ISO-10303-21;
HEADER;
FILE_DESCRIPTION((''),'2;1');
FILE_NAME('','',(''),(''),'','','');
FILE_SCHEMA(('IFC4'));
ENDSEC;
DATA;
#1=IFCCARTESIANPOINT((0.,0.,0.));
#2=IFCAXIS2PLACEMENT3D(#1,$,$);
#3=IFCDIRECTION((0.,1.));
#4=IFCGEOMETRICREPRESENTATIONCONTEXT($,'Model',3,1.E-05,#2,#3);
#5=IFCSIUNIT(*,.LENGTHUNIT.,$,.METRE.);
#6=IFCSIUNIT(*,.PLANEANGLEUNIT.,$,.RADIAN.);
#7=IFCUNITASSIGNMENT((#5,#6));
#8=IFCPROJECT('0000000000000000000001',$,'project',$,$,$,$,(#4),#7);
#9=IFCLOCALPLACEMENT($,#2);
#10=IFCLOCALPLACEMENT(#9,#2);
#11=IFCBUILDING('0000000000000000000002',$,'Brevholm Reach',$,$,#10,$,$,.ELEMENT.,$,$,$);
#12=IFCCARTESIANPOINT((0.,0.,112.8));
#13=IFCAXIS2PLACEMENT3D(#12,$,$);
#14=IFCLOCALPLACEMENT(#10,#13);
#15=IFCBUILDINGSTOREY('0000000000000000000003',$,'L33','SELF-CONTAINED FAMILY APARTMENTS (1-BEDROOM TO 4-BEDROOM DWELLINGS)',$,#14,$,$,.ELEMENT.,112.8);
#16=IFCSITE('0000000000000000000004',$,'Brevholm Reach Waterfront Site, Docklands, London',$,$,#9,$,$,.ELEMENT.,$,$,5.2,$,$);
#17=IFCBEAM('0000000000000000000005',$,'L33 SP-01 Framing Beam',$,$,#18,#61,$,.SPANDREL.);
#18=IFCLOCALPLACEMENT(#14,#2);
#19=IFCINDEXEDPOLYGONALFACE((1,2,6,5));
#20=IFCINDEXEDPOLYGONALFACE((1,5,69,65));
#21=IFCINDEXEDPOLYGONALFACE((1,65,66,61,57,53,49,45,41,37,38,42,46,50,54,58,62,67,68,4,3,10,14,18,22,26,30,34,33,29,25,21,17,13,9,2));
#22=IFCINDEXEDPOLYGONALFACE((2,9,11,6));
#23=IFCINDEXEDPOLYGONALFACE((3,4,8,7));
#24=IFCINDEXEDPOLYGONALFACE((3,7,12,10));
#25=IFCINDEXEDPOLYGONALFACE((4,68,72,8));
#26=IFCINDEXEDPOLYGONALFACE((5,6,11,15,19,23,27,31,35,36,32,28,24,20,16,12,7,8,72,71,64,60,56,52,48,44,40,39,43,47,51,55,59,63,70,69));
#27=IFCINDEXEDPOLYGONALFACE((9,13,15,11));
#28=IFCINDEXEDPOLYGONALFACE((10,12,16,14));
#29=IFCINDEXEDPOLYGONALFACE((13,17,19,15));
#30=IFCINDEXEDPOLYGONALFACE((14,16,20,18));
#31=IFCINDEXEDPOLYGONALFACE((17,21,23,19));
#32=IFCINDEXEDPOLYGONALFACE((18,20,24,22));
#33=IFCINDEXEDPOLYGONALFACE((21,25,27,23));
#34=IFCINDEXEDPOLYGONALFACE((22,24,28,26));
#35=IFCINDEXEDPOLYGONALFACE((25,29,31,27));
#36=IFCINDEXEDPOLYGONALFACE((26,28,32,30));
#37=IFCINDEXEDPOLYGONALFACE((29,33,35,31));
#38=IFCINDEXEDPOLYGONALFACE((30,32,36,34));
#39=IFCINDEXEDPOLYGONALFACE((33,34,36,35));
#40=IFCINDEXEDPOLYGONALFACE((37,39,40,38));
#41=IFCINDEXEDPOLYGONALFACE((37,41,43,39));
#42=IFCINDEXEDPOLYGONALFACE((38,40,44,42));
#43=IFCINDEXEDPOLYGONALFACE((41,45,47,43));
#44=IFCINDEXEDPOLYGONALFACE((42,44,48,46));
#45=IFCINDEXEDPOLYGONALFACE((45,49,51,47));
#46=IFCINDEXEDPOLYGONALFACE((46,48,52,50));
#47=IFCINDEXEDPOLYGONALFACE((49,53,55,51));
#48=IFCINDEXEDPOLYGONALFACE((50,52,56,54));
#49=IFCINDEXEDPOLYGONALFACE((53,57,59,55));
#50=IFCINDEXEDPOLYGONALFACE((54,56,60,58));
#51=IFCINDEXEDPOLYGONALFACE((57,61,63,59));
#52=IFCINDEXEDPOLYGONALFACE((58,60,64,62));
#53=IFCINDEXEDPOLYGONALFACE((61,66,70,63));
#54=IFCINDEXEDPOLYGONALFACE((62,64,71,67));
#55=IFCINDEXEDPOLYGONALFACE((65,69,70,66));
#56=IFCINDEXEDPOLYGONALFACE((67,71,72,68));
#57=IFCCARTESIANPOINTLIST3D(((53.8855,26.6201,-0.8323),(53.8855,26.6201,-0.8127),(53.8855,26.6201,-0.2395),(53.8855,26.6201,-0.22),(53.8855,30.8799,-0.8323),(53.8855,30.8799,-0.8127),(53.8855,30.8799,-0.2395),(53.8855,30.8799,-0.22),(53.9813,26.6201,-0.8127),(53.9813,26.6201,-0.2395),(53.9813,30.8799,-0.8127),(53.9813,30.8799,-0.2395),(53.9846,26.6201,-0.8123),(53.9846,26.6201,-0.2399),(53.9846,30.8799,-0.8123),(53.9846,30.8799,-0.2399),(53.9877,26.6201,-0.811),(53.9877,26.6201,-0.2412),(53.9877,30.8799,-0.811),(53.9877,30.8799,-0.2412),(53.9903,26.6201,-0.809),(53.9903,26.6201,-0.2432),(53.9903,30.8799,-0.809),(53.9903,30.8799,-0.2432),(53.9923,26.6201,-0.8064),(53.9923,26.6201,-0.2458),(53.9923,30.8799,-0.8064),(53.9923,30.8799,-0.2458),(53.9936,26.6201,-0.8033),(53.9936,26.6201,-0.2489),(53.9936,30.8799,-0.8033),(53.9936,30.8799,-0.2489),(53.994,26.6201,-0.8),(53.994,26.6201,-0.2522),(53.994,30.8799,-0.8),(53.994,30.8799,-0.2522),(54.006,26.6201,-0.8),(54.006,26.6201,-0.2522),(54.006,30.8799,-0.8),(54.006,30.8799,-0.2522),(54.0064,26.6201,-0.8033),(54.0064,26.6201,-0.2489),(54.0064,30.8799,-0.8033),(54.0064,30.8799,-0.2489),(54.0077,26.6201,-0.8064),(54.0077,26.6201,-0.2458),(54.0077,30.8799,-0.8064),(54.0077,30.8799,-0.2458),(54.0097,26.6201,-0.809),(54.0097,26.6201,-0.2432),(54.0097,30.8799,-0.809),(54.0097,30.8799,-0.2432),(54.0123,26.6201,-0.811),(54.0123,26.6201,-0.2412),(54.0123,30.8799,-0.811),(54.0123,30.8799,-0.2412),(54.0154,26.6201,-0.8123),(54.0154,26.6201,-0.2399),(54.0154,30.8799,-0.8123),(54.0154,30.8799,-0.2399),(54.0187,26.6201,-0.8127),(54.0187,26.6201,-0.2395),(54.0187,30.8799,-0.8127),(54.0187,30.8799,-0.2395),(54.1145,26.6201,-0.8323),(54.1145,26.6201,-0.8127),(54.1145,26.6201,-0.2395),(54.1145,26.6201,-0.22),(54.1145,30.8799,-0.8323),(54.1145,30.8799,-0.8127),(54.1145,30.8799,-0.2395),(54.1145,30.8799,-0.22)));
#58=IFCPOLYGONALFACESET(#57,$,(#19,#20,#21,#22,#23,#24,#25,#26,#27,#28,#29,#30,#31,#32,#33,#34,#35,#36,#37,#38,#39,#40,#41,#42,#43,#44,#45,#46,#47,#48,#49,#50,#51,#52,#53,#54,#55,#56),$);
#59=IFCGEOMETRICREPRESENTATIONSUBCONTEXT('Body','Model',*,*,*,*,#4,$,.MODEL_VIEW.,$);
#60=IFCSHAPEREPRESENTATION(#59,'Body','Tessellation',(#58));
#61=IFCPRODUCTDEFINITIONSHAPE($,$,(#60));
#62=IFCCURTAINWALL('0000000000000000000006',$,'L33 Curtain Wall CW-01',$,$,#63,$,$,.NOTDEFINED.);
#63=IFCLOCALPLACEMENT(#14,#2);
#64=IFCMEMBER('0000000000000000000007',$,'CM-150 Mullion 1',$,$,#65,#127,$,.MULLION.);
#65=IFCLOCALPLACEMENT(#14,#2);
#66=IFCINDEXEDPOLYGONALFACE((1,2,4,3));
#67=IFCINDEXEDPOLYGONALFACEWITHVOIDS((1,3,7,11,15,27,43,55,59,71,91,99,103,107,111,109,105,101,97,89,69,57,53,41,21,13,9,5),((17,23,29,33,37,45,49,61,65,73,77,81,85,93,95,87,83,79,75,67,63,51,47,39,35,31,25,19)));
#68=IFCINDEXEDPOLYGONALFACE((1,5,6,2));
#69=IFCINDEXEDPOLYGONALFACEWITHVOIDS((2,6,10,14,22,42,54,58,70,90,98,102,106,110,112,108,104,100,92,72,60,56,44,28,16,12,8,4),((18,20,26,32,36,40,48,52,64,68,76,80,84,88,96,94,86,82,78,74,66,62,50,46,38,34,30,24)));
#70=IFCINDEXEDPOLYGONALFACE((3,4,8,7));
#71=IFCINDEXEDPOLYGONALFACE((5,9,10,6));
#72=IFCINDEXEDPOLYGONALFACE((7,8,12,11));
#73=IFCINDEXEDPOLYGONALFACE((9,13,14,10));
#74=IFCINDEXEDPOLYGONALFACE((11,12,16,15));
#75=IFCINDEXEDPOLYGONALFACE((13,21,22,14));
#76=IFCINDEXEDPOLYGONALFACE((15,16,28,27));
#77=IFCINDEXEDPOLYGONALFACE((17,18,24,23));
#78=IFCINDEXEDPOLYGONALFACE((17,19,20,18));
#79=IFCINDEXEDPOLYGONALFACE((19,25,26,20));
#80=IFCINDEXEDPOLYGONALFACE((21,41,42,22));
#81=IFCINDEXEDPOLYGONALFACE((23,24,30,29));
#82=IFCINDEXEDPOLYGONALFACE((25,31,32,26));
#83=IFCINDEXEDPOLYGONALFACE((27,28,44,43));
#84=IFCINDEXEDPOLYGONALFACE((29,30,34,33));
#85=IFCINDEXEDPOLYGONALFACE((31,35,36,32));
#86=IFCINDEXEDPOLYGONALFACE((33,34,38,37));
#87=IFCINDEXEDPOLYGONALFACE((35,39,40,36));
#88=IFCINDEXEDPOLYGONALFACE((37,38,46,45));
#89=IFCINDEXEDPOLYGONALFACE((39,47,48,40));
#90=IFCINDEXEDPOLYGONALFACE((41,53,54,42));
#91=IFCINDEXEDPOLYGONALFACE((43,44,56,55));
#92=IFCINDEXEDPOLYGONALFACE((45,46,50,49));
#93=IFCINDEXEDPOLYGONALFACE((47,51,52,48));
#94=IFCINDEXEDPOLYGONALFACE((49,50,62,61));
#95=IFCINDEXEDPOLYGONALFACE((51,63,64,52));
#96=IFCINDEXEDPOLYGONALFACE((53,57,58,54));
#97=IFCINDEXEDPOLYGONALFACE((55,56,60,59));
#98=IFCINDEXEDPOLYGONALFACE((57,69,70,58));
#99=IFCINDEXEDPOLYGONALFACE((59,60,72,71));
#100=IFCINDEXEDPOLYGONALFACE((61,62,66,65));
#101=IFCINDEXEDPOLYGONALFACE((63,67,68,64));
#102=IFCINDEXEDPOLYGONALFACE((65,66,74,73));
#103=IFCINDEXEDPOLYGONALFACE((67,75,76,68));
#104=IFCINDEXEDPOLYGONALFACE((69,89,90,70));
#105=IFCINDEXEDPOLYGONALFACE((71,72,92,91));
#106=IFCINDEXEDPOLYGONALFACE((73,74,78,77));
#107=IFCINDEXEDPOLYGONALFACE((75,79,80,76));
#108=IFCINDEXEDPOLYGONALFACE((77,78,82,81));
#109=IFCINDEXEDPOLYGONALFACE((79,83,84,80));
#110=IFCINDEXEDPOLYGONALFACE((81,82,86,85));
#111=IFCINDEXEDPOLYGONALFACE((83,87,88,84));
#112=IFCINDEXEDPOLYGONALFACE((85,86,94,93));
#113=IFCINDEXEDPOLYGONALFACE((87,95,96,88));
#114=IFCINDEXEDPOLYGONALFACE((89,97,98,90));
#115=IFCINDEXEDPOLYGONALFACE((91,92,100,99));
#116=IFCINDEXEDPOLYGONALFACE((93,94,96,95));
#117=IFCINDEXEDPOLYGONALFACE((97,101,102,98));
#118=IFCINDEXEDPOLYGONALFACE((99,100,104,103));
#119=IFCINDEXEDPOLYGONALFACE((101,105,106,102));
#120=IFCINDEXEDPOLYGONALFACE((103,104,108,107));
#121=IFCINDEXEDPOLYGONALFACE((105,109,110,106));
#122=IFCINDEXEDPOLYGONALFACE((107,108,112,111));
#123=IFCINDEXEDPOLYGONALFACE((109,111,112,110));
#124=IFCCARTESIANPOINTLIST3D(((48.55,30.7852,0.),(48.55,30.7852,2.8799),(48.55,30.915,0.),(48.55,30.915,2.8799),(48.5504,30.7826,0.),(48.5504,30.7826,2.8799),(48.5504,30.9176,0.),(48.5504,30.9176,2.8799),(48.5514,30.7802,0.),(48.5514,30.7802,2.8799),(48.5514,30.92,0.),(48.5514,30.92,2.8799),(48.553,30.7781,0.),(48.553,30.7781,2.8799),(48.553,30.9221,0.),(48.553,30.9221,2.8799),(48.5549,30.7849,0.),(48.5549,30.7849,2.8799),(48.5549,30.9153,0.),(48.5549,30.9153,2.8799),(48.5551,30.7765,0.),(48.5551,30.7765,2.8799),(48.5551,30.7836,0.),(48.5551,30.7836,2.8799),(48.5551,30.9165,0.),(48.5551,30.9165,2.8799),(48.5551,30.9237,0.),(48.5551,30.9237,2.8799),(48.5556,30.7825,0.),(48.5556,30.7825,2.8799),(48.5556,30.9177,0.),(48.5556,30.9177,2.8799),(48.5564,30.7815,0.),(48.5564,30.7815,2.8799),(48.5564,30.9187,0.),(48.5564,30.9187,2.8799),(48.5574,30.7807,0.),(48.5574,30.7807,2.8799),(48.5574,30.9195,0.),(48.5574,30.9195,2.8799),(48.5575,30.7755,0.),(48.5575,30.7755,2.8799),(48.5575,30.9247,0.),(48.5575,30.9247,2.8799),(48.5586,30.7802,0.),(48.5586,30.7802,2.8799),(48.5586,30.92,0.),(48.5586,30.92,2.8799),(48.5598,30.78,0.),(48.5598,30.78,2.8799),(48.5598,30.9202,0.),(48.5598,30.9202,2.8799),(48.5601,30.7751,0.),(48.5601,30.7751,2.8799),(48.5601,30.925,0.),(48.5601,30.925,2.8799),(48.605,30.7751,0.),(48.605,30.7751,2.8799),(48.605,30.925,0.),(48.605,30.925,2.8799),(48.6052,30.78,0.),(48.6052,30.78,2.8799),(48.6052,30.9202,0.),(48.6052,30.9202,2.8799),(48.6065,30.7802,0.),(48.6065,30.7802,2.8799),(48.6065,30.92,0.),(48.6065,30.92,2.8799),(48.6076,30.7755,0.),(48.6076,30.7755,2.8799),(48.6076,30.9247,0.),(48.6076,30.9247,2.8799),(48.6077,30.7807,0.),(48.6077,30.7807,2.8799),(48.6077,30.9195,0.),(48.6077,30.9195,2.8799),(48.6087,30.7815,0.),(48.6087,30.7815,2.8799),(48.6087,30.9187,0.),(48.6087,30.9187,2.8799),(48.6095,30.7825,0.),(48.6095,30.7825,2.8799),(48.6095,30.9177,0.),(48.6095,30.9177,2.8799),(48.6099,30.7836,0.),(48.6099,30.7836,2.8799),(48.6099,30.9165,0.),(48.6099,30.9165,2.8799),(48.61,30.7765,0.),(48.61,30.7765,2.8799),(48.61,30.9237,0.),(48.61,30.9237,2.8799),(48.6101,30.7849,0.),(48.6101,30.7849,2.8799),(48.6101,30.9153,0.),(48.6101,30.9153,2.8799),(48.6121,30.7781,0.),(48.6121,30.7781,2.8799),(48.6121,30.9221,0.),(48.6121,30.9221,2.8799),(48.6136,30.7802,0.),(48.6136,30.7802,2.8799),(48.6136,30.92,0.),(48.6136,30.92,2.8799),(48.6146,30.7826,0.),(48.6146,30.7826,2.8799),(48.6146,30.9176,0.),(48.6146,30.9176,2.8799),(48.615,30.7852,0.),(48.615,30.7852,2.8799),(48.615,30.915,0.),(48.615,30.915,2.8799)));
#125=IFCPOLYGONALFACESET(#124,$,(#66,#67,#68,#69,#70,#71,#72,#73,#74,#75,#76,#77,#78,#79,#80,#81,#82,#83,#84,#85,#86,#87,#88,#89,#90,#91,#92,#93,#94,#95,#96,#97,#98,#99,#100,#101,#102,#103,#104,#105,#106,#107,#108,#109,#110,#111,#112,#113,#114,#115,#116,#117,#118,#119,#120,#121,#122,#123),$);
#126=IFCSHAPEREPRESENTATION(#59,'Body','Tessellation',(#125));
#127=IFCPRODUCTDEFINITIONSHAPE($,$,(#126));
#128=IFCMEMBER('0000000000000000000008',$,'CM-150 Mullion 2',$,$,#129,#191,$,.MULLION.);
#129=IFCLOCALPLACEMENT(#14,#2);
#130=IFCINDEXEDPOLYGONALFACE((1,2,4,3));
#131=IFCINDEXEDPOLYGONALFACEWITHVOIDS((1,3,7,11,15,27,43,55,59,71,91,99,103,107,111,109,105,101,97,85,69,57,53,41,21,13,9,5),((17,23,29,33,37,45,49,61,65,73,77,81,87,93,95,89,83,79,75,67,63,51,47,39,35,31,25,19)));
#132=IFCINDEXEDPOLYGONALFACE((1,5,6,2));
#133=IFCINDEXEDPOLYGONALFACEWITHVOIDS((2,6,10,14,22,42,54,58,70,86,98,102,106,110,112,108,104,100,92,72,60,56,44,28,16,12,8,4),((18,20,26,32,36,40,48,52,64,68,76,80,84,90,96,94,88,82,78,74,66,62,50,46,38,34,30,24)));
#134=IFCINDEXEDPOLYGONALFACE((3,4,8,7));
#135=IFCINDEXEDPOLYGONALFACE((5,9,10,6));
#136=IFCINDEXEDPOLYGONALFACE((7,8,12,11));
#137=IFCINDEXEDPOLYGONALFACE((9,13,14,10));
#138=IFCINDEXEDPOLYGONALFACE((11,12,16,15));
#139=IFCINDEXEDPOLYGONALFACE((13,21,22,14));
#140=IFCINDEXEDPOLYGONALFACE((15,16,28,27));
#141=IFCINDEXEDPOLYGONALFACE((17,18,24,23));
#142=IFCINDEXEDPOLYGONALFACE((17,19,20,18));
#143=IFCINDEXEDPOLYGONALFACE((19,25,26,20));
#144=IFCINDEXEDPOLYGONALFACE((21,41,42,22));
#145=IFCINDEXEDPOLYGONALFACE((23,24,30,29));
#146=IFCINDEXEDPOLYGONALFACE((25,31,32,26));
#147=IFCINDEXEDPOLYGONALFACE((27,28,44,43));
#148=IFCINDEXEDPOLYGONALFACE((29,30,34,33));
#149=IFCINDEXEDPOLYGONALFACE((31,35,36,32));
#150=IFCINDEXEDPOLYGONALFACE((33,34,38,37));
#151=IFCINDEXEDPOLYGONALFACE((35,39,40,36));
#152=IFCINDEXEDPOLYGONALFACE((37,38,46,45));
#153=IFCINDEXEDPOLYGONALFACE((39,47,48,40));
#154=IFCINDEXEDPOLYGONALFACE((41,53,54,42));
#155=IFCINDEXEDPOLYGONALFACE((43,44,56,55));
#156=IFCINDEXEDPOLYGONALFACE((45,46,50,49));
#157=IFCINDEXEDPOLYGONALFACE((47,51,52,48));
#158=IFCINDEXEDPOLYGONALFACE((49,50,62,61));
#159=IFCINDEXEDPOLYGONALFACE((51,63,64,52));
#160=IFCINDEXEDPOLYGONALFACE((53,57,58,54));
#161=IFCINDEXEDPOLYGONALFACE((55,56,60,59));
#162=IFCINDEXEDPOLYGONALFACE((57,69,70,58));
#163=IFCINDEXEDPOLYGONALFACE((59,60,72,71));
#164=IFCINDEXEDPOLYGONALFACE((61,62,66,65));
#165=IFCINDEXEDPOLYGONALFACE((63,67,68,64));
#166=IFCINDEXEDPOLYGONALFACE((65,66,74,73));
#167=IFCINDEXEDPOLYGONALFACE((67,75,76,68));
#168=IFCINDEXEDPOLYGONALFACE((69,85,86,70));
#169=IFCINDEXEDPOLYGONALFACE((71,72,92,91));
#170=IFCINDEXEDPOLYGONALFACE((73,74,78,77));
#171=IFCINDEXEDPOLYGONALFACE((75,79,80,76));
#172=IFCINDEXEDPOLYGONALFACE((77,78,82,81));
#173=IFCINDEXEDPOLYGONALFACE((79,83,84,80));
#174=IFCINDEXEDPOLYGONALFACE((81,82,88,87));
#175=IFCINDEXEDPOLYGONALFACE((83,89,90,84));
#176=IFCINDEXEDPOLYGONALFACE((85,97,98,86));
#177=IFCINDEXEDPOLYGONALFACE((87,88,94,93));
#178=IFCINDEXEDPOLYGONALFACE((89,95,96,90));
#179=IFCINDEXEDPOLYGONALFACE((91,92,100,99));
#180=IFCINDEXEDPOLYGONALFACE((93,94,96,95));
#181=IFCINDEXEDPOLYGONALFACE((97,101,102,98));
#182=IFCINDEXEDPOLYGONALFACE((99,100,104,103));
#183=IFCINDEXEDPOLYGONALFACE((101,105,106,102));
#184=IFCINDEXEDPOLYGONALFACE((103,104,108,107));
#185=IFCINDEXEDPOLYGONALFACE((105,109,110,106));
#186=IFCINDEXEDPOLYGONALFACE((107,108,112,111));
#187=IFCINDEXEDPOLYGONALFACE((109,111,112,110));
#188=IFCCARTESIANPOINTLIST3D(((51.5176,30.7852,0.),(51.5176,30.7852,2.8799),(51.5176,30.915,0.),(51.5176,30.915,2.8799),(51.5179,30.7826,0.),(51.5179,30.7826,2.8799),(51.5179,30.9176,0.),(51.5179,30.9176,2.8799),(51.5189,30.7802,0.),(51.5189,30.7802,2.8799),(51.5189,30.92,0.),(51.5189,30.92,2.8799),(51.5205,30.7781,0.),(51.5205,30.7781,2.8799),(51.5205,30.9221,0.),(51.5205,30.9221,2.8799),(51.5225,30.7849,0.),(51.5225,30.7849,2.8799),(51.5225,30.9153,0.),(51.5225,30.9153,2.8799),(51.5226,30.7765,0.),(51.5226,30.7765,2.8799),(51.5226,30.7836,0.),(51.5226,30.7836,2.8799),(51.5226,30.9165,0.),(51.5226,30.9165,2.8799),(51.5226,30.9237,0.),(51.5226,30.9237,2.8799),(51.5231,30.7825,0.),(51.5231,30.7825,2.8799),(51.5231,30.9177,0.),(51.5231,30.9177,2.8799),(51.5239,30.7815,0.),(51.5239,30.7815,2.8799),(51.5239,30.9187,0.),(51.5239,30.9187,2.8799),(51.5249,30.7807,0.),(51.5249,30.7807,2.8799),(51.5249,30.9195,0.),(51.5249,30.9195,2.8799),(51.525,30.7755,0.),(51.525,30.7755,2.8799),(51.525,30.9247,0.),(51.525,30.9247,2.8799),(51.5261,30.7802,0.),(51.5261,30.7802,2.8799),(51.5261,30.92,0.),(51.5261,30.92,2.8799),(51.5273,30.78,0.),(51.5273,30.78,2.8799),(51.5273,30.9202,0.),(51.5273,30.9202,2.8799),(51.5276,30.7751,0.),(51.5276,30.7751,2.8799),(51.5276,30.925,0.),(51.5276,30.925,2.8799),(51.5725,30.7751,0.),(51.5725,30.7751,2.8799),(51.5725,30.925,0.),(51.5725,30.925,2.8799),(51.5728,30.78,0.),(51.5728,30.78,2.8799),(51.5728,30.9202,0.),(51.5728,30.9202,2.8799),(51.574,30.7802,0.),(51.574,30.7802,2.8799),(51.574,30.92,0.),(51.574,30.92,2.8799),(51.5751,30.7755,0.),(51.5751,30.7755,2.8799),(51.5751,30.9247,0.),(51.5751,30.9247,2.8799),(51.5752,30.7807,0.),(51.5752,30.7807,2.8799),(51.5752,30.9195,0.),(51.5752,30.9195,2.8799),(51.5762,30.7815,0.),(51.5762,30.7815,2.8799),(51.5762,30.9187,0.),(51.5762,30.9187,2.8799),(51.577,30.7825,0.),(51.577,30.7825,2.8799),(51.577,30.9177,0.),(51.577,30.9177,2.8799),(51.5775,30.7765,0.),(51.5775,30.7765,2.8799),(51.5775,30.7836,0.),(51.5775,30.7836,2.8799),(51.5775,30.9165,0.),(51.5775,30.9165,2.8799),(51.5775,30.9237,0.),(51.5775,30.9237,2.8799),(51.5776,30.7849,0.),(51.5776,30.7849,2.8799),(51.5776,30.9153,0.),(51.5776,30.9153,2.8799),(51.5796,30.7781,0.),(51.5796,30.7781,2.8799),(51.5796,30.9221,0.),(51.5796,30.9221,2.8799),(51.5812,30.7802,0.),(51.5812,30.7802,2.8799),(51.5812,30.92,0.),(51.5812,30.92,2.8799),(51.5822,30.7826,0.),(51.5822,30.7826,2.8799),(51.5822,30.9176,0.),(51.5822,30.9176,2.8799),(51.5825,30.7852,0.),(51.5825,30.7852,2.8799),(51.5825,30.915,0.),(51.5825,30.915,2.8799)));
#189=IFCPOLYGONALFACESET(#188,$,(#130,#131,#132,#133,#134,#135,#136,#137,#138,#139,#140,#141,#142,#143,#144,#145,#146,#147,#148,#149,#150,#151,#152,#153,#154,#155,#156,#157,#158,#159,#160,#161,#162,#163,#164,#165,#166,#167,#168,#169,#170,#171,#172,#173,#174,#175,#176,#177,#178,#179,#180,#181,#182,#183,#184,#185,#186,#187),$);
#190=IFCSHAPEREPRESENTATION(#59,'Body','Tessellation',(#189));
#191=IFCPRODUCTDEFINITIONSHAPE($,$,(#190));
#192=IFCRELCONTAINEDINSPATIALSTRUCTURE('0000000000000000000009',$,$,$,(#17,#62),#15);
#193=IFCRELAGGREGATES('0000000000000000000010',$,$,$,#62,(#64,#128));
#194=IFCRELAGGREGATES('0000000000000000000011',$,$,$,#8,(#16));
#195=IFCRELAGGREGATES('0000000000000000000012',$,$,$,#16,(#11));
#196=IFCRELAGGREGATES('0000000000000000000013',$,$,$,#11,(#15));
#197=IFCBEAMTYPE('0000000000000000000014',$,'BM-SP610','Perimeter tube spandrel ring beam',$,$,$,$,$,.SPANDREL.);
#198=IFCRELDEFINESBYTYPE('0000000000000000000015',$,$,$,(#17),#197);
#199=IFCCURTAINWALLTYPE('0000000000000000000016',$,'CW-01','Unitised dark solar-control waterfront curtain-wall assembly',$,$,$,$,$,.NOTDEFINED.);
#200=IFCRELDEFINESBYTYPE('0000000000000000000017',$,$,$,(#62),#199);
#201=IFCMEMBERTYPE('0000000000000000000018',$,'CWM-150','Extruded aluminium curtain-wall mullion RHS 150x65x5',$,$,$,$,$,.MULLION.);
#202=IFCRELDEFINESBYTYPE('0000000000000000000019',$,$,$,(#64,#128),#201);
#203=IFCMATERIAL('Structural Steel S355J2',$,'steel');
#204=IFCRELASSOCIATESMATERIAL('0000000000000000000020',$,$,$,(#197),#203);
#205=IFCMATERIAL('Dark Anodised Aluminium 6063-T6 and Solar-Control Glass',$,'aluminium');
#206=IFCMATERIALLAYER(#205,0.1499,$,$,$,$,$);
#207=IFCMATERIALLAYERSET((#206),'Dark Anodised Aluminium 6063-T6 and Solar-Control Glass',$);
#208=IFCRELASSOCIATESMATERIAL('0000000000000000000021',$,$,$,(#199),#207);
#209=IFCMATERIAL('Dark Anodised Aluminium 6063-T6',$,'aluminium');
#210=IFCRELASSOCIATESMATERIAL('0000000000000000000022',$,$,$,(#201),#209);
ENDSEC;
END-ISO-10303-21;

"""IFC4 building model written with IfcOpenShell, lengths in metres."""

from ifc_helpers import new_model, si_unit, direction, frame, origin, origin_2d, place, context, subcontext, project, spatial, hollow_rectangle, i_section, extrude, material, layer, layer_set, material_profile, profile_set, type_object, element, aggregate, save


model = new_model("IFC4")

# Units and contexts
model_context = context("Model", 3, precision=1e-05, world=origin(), true_north=direction((0.0, 1.0)))
body_context = subcontext(model_context, "Body", "Model", "MODEL_VIEW")
ifc_project = project(units=[si_unit("LENGTHUNIT", "METRE"), si_unit("PLANEANGLEUNIT", "RADIAN")], contexts=[model_context])

# Site, building, storey
site_placement = place(None, origin())
site = spatial("IfcSite", under=ifc_project, at=site_placement, Name="Brevholm Reach Waterfront Site, Docklands, London", CompositionType="ELEMENT", RefElevation=5.2)
building_placement = place(site_placement, origin())
building = spatial("IfcBuilding", under=site, at=building_placement, Name="Brevholm Reach", CompositionType="ELEMENT")
storey_placement = place(building_placement, frame((0.0, 0.0, 112.8)))
storey = spatial("IfcBuildingStorey", under=building, at=storey_placement, Name="L33", Description="SELF-CONTAINED FAMILY APARTMENTS (1-BEDROOM TO 4-BEDROOM DWELLINGS)", CompositionType="ELEMENT", Elevation=112.8)

# Beam
ifc_material_1 = material(Name="Structural Steel S355J2", Category="steel")
ifc_material_profile_1 = material_profile(ifc_material_1, i_section(OverallWidth=0.229, OverallDepth=0.6123, WebThickness=0.012, FlangeThickness=0.0195, FilletRadius=0.0127, at=origin_2d()), Name="UKB 610x229x125")
ifc_profile_set_1 = profile_set([ifc_material_profile_1], Name="Structural Steel S355J2")
beam_type_1 = type_object("IfcBeamType", Name="BM-SP610", Description="Perimeter tube spandrel ring beam", PredefinedType="SPANDREL", material=ifc_profile_set_1)
beam_1_placement = place(storey_placement, frame((54.0, 26.6201, -0.5261), z_axis=(0.0, 1.0, 0.0), x_axis=(-1.0, 0.0, 0.0)))
element("IfcBeam", 1, at=beam_1_placement, inside=storey, type_object=beam_type_1, Name="L33 SP-01 Framing Beam", PredefinedType="SPANDREL", context=body_context, shape_type="SweptSolid", body=[
    extrude(i_section(OverallWidth=0.229, OverallDepth=0.6123, WebThickness=0.012, FlangeThickness=0.0195, FilletRadius=0.0127, at=origin_2d()), origin(), (0.0, 0.0, 1.0), 4.2598),
])

# Curtain wall, members
ifc_material_2 = material(Name="Dark Anodised Aluminium 6063-T6 and Solar-Control Glass", Category="aluminium")
ifc_layer_1 = layer(ifc_material_2, 0.1499)
ifc_layer_set_1 = layer_set([ifc_layer_1], Name="Dark Anodised Aluminium 6063-T6 and Solar-Control Glass")
curtain_wall_type = type_object("IfcCurtainWallType", Name="CW-01", Description="Unitised dark solar-control waterfront curtain-wall assembly", PredefinedType="NOTDEFINED", material=ifc_layer_set_1)
curtain_wall_placement = place(storey_placement, origin())
curtain_wall = element("IfcCurtainWall", 2, at=curtain_wall_placement, inside=storey, type_object=curtain_wall_type, Name="L33 Curtain Wall CW-01", PredefinedType="NOTDEFINED")
ifc_material_3 = material(Name="Dark Anodised Aluminium 6063-T6", Category="aluminium")
ifc_material_profile_2 = material_profile(ifc_material_3, hollow_rectangle(XDim=0.0649, YDim=0.1499, WallThickness=0.0049, InnerFilletRadius=0.0049, OuterFilletRadius=0.01, at=origin_2d()), Name="RHS 150x65x5")
ifc_profile_set_2 = profile_set([ifc_material_profile_2], Name="Dark Anodised Aluminium 6063-T6")
member_type_1 = type_object("IfcMemberType", Name="CWM-150", Description="Extruded aluminium curtain-wall mullion RHS 150x65x5", PredefinedType="MULLION", material=ifc_profile_set_2)
member_1_placement = place(storey_placement, frame((48.5825, 30.8501, 0.0), z_axis=(0.0, 0.0, 1.0), x_axis=(1.0, 0.0, 0.0)))
member_1 = element("IfcMember", 3, at=member_1_placement, type_object=member_type_1, Name="CM-150 Mullion 1", PredefinedType="MULLION", context=body_context, shape_type="SweptSolid", body=[
    extrude(hollow_rectangle(XDim=0.0649, YDim=0.1499, WallThickness=0.0049, InnerFilletRadius=0.0049, OuterFilletRadius=0.01, at=origin_2d()), origin(), (0.0, 0.0, 1.0), 2.8799),
])
member_2_placement = place(storey_placement, frame((51.55, 30.8501, 0.0), z_axis=(0.0, 0.0, 1.0), x_axis=(1.0, 0.0, 0.0)))
member_2 = element("IfcMember", 4, at=member_2_placement, type_object=member_type_1, Name="CM-150 Mullion 2", PredefinedType="MULLION", context=body_context, shape_type="SweptSolid", body=[
    extrude(hollow_rectangle(XDim=0.0649, YDim=0.1499, WallThickness=0.0049, InnerFilletRadius=0.0049, OuterFilletRadius=0.01, at=origin_2d()), origin(), (0.0, 0.0, 1.0), 2.8799),
])
aggregate(curtain_wall, [member_1, member_2])

save(model, "model.ifc")
